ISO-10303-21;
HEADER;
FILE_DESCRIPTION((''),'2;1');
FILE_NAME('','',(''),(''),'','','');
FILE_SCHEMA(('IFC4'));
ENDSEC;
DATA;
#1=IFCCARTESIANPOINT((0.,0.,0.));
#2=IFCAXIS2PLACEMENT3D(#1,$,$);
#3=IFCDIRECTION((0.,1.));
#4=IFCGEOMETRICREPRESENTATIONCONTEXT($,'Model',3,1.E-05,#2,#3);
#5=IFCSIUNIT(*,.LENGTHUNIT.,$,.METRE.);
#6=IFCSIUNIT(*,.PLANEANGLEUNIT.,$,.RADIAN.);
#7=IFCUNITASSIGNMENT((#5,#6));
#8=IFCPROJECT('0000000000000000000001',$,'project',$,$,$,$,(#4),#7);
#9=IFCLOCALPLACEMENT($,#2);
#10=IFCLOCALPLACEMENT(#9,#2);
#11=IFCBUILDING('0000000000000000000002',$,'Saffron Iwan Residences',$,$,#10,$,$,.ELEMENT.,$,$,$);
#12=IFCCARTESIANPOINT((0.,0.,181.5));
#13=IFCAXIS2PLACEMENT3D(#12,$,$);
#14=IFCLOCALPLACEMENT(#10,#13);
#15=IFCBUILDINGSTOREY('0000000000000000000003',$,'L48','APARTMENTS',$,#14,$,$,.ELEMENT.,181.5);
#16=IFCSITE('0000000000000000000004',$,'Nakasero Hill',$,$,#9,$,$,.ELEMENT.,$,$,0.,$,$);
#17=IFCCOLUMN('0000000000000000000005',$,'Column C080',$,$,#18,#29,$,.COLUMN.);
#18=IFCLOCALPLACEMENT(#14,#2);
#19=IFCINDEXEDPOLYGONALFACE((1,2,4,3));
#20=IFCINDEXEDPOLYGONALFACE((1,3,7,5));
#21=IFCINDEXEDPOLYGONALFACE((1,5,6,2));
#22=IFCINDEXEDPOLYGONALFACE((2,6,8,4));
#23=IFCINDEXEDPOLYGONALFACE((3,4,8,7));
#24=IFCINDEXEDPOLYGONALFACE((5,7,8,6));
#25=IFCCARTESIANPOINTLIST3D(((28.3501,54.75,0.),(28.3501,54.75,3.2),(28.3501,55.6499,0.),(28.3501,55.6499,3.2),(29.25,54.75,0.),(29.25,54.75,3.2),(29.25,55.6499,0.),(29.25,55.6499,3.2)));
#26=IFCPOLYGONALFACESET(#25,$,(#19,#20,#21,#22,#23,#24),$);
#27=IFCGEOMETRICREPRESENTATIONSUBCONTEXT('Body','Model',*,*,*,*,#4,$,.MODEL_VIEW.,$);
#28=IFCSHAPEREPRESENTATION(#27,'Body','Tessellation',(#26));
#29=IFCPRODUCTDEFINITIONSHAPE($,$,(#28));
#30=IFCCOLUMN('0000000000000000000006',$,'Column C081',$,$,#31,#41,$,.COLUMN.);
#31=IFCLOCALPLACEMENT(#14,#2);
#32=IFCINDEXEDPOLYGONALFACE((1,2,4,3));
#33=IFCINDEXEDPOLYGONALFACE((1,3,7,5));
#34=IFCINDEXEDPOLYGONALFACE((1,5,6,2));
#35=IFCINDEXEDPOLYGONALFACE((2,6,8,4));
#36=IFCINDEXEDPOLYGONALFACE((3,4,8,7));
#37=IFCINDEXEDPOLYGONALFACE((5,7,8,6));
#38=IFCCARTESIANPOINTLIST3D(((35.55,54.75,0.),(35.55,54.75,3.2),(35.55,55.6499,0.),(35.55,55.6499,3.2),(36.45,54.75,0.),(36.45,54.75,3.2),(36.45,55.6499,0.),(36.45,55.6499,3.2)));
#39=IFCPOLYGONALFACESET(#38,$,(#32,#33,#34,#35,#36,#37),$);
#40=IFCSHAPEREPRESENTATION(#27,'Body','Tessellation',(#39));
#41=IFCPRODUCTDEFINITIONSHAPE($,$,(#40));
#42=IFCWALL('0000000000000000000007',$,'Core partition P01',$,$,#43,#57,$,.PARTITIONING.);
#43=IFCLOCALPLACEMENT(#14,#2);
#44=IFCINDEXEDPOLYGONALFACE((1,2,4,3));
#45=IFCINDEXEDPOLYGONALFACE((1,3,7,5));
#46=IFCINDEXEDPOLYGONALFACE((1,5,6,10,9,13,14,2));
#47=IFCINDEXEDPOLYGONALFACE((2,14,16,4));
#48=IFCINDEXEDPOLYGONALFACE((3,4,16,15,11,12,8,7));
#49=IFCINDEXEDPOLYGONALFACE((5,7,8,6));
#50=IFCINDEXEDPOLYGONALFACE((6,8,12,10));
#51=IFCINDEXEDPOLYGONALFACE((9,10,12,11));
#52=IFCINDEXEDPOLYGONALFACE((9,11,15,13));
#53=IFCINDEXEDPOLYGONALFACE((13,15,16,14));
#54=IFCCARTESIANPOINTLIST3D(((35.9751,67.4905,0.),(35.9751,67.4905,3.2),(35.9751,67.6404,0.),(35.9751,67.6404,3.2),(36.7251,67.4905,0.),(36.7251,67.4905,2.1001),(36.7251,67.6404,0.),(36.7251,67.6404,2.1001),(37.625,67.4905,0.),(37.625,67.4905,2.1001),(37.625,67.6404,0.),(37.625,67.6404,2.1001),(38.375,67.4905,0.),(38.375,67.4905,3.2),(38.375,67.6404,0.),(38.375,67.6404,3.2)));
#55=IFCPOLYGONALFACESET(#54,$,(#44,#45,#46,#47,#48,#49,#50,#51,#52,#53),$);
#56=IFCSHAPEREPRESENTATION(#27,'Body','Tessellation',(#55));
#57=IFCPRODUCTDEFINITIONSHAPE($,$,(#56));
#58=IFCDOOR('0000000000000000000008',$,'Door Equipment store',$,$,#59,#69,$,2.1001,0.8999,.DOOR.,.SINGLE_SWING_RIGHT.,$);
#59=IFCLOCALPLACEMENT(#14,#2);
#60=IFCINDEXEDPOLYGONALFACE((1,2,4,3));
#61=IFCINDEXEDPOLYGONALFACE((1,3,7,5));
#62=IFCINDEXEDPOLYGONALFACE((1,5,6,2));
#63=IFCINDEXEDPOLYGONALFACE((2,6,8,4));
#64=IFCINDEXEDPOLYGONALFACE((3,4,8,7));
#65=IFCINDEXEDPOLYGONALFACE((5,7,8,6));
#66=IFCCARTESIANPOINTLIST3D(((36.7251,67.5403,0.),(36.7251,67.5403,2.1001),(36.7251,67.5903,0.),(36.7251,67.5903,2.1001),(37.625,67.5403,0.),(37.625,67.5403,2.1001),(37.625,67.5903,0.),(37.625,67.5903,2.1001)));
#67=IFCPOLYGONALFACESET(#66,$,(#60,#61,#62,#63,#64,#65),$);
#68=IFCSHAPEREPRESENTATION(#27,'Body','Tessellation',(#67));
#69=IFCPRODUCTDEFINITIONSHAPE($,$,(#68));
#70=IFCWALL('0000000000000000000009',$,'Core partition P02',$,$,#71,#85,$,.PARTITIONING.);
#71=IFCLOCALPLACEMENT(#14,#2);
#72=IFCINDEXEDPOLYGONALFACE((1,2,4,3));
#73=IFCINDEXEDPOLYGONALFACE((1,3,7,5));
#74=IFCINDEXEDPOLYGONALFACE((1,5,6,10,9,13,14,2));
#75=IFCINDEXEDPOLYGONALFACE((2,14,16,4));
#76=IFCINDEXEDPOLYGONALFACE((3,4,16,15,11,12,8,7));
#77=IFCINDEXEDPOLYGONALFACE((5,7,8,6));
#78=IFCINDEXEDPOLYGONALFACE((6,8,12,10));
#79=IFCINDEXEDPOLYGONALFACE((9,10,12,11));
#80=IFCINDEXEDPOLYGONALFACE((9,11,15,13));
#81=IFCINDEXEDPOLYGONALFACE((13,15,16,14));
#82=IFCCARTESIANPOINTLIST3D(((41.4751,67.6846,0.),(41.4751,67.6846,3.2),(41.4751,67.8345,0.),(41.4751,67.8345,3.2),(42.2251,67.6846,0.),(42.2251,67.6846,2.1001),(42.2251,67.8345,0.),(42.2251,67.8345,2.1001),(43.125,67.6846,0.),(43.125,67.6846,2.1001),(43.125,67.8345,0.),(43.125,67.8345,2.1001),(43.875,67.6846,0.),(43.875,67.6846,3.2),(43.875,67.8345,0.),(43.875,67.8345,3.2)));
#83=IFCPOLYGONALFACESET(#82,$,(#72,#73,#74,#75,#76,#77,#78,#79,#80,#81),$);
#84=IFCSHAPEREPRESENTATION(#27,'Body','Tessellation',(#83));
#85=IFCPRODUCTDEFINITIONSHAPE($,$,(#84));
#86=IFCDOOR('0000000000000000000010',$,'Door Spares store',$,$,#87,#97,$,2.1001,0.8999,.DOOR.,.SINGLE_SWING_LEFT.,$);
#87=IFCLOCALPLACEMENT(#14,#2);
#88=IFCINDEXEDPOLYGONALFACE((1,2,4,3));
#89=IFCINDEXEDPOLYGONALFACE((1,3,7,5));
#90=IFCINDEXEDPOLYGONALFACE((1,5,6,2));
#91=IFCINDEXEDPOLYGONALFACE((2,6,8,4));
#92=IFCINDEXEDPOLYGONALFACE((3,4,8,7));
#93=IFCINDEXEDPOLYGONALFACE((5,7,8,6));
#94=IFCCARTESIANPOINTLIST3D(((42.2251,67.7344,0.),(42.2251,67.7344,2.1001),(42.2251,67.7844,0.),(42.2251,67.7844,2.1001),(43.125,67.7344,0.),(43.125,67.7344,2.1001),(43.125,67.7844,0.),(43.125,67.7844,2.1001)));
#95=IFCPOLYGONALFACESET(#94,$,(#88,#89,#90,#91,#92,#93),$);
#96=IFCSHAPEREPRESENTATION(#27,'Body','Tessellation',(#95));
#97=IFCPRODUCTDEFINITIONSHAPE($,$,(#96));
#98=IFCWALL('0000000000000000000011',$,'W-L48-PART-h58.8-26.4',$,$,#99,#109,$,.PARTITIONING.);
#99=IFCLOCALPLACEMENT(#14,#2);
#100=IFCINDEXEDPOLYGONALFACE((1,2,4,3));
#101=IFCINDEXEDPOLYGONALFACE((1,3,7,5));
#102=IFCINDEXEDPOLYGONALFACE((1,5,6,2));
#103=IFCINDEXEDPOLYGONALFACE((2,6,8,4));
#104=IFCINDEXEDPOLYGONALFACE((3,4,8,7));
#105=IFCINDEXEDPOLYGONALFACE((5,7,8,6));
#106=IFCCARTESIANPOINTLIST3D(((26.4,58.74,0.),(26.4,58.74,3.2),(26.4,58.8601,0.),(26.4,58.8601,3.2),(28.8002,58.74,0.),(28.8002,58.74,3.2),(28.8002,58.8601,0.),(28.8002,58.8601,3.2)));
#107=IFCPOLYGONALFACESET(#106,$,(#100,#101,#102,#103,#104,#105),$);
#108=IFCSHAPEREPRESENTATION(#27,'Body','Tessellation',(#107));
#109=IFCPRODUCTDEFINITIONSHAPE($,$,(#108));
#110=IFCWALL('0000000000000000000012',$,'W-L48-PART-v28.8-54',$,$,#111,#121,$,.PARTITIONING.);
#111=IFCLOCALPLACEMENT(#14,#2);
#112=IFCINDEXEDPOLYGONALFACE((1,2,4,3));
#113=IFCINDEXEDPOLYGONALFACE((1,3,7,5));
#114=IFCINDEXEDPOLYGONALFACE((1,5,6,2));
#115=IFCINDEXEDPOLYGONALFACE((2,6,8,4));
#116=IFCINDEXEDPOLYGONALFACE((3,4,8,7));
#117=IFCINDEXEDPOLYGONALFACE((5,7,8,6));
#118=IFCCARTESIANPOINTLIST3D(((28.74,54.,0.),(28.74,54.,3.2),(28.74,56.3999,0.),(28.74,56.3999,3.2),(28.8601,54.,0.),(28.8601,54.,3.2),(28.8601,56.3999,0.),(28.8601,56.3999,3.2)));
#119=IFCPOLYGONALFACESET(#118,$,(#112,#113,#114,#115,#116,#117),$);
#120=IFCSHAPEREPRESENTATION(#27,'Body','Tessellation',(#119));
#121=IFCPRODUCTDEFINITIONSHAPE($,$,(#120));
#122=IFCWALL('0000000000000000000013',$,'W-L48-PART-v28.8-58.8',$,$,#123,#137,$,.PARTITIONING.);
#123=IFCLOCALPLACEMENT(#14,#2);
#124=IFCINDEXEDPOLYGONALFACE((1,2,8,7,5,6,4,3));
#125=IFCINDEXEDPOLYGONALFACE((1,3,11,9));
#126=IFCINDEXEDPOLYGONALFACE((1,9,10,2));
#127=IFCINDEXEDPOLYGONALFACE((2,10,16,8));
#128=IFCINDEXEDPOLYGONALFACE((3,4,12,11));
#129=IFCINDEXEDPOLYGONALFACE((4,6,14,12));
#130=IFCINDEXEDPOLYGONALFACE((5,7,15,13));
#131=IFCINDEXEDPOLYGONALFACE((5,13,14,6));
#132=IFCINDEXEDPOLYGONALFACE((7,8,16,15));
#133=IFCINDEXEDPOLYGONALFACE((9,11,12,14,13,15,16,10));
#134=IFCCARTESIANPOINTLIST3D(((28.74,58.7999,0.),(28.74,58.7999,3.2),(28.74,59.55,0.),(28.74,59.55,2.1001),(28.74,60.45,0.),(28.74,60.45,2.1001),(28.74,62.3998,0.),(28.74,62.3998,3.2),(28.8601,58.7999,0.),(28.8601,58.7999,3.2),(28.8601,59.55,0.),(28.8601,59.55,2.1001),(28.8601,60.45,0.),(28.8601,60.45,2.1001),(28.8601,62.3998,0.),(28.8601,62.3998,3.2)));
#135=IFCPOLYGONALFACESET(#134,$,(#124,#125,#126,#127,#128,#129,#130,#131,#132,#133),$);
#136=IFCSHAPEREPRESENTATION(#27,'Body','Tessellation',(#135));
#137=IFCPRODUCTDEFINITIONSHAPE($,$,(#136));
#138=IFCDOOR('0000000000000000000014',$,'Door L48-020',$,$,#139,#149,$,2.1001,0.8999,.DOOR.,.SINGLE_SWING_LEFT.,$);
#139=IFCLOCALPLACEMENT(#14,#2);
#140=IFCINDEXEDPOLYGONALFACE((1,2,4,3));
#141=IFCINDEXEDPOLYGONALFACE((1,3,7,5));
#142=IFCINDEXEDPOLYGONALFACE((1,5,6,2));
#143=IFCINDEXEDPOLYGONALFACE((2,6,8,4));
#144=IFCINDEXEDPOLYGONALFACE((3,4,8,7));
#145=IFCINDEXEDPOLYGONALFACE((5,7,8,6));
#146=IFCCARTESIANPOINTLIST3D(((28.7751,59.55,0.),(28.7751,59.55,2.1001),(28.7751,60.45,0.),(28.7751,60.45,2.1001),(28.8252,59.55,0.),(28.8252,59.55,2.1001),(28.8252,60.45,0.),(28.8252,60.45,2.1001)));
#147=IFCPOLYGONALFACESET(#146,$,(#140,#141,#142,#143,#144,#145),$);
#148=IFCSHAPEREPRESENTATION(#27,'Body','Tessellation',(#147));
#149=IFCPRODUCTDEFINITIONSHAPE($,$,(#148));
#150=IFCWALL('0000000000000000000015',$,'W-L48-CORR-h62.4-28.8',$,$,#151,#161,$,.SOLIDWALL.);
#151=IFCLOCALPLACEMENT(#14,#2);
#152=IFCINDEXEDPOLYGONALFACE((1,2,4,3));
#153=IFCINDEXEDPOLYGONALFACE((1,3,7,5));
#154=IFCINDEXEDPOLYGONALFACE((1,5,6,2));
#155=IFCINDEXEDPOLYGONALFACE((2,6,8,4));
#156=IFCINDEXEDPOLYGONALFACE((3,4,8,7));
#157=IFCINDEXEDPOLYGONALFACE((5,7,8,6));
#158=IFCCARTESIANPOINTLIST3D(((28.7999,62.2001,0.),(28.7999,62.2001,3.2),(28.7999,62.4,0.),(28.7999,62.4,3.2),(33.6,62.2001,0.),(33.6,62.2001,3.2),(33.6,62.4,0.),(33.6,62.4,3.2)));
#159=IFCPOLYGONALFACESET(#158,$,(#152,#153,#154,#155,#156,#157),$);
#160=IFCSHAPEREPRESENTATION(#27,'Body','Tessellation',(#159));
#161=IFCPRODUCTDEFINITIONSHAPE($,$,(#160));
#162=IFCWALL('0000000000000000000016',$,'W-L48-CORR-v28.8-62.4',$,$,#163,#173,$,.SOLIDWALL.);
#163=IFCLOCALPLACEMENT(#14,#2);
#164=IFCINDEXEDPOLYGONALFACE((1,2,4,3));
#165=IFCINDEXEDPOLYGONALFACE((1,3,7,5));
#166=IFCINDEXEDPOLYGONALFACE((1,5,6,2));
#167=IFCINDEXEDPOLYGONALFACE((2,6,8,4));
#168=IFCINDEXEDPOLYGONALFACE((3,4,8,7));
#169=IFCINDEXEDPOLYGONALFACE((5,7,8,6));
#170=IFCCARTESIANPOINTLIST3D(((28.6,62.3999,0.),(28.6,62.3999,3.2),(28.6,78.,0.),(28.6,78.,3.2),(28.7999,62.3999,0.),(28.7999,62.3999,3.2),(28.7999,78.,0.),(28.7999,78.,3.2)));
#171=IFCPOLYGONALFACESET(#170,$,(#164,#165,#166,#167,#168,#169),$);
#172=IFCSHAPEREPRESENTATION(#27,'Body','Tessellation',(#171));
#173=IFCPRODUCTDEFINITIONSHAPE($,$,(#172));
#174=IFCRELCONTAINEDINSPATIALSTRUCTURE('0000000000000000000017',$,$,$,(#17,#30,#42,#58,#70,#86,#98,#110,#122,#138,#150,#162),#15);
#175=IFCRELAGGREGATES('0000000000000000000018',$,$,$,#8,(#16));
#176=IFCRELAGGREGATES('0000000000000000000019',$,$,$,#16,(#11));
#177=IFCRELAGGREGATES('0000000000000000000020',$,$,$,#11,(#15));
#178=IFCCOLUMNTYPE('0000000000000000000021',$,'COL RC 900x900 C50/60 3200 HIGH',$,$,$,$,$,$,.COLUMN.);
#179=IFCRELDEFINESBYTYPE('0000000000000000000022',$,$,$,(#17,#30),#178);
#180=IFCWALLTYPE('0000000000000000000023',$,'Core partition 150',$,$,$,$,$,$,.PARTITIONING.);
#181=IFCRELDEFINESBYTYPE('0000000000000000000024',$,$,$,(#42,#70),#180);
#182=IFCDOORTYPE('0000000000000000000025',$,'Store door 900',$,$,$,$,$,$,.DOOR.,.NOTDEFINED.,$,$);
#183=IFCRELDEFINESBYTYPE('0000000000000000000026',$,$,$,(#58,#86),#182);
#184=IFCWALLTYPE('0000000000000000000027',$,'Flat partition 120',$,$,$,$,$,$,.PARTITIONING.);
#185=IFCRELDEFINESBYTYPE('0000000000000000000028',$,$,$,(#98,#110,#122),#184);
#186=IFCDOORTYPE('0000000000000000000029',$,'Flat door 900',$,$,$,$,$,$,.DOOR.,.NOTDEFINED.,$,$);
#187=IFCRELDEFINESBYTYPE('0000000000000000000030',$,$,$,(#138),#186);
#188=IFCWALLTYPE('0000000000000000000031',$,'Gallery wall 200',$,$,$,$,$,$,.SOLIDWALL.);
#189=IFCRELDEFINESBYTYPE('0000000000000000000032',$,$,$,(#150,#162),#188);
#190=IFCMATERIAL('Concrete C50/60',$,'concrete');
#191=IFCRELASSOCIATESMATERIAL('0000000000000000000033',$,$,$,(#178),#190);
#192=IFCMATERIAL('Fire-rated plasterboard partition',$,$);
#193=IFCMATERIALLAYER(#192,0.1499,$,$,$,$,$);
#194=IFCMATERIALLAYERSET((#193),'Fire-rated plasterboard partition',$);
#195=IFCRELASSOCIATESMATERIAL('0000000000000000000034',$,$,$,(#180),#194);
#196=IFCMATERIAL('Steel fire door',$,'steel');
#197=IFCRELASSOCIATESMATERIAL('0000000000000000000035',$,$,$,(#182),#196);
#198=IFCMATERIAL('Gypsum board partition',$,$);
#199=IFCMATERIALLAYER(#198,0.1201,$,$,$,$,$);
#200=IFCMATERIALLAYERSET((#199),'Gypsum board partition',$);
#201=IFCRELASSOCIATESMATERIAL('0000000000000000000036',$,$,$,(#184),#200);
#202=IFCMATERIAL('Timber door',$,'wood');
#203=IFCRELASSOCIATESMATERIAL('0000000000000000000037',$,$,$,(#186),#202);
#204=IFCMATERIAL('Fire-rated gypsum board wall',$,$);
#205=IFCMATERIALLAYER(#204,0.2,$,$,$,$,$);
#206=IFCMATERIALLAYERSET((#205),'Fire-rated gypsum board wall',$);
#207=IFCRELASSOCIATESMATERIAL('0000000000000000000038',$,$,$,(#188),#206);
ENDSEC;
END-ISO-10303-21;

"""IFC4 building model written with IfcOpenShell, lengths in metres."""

from ifc_helpers import new_model, si_unit, direction, frame, frame_2d, origin, origin_2d, place, context, subcontext, project, spatial, rectangle, extrude, source, transform, mapped, material, layer, layer_set, material_profile, profile_set, type_object, element, fill, save


model = new_model("IFC4")

# Units and contexts
model_context = context("Model", 3, precision=1e-05, world=origin(), true_north=direction((0.0, 1.0)))
body_context = subcontext(model_context, "Body", "Model", "MODEL_VIEW")
ifc_project = project(units=[si_unit("LENGTHUNIT", "METRE"), si_unit("PLANEANGLEUNIT", "RADIAN")], contexts=[model_context])

# Site, building, storey
site_placement = place(None, origin())
site = spatial("IfcSite", under=ifc_project, at=site_placement, Name="Nakasero Hill", CompositionType="ELEMENT", RefElevation=0.0)
building_placement = place(site_placement, origin())
building = spatial("IfcBuilding", under=site, at=building_placement, Name="Saffron Iwan Residences", CompositionType="ELEMENT")
storey_placement = place(building_placement, frame((0.0, 0.0, 181.5)))
storey = spatial("IfcBuildingStorey", under=building, at=storey_placement, Name="L48", Description="APARTMENTS", CompositionType="ELEMENT", Elevation=181.5)

# Columns
ifc_material_1 = material(Name="Concrete C50/60", Category="concrete")
ifc_material_profile = material_profile(ifc_material_1, rectangle(XDim=0.8999, YDim=0.8999, at=origin_2d()), Name="RC 900x900")
ifc_profile_set = profile_set([ifc_material_profile], Name="Concrete C50/60")
column_type = type_object("IfcColumnType", Name="COL RC 900x900 C50/60 3200 HIGH", PredefinedType="COLUMN", material=ifc_profile_set)
shared_shape = source(origin(), body_context, "Body", "SweptSolid", [
    extrude(rectangle(XDim=0.8999, YDim=0.8999, at=origin_2d()), origin(), (0.0, 0.0, 1.0), 3.2),
])
for number, where, z_axis, x_axis, name in (
    (1, (28.8, 55.2, 0.0), (0.0, 0.0, 1.0), (1.0, 0.0, 0.0), "Column C080"),
    (2, (36.0, 55.2, 0.0), (0.0, 0.0, 1.0), (1.0, 0.0, 0.0), "Column C081"),
):
    element("IfcColumn", number, at=place(storey_placement, frame(where, z_axis=z_axis, x_axis=x_axis)), inside=storey, type_object=column_type, Name=name, PredefinedType="COLUMN", context=body_context, shape_type="MappedRepresentation", body=[
        mapped(shared_shape, transform((0.0, 0.0, 0.0))),
    ])

# Walls, openings, doors
ifc_material_2 = material(Name="Fire-rated plasterboard partition")
ifc_layer_1 = layer(ifc_material_2, 0.1499)
ifc_layer_set_1 = layer_set([ifc_layer_1], Name="Fire-rated plasterboard partition")
wall_type_1 = type_object("IfcWallType", Name="Core partition 150", PredefinedType="PARTITIONING", material=ifc_layer_set_1)
wall_1_placement = place(storey_placement, frame((35.9751, 67.5654, 0.0), z_axis=(0.0, 0.0, 1.0), x_axis=(1.0, 0.0, 0.0)))
wall_1 = element("IfcWall", 3, at=wall_1_placement, inside=storey, type_object=wall_type_1, Name="Core partition P01", PredefinedType="PARTITIONING", context=body_context, shape_type="SweptSolid", body=[
    extrude(rectangle(XDim=2.3999, YDim=0.1499, at=frame_2d((1.2, 0.0))), origin(), (0.0, 0.0, 1.0), 3.2),
])
opening_1_placement = place(wall_1_placement, frame((0.75, 0.0, 0.0)))
opening_1 = element("IfcOpeningElement", 4, at=opening_1_placement, cuts=wall_1, PredefinedType="OPENING", context=body_context, shape_type="SweptSolid", body=[
    extrude(rectangle(XDim=0.8999, YDim=2.1001, at=frame_2d((0.45, 1.05))), frame((0.0, 0.085, 0.0), z_axis=(0.0, -1.0, 0.0), x_axis=(1.0, 0.0, 0.0)), (0.0, 0.0, 1.0), 0.1699),
])
ifc_material_3 = material(Name="Steel fire door", Category="steel")
door_type_1 = type_object("IfcDoorType", Name="Store door 900", OperationType="NOTDEFINED", PredefinedType="DOOR", material=ifc_material_3)
door_1_placement = place(opening_1_placement, origin())
door_1 = element("IfcDoor", 5, at=door_1_placement, inside=storey, type_object=door_type_1, Name="Door Equipment store", OperationType="SINGLE_SWING_RIGHT", OverallHeight=2.1001, OverallWidth=0.8999, PredefinedType="DOOR", context=body_context, shape_type="SweptSolid", body=[
    extrude(rectangle(XDim=0.8999, YDim=2.1001, at=frame_2d((0.45, 1.05))), frame((0.0, 0.0249, 0.0), z_axis=(0.0, -1.0, 0.0), x_axis=(1.0, 0.0, 0.0)), (0.0, 0.0, 1.0), 0.05),
])
fill(opening_1, door_1)
wall_2_placement = place(storey_placement, frame((41.4751, 67.7595, 0.0), z_axis=(0.0, 0.0, 1.0), x_axis=(1.0, 0.0, 0.0)))
wall_2 = element("IfcWall", 6, at=wall_2_placement, inside=storey, type_object=wall_type_1, Name="Core partition P02", PredefinedType="PARTITIONING", context=body_context, shape_type="SweptSolid", body=[
    extrude(rectangle(XDim=2.3999, YDim=0.1499, at=frame_2d((1.2, 0.0))), origin(), (0.0, 0.0, 1.0), 3.2),
])
opening_2_placement = place(wall_2_placement, frame((0.75, 0.0, 0.0)))
opening_2 = element("IfcOpeningElement", 7, at=opening_2_placement, cuts=wall_2, PredefinedType="OPENING", context=body_context, shape_type="SweptSolid", body=[
    extrude(rectangle(XDim=0.8999, YDim=2.1001, at=frame_2d((0.45, 1.05))), frame((0.0, 0.085, 0.0), z_axis=(0.0, -1.0, 0.0), x_axis=(1.0, 0.0, 0.0)), (0.0, 0.0, 1.0), 0.1699),
])
door_2_placement = place(opening_2_placement, origin())
door_2 = element("IfcDoor", 8, at=door_2_placement, inside=storey, type_object=door_type_1, Name="Door Spares store", OperationType="SINGLE_SWING_LEFT", OverallHeight=2.1001, OverallWidth=0.8999, PredefinedType="DOOR", context=body_context, shape_type="SweptSolid", body=[
    extrude(rectangle(XDim=0.8999, YDim=2.1001, at=frame_2d((0.45, 1.05))), frame((0.0, 0.0249, 0.0), z_axis=(0.0, -1.0, 0.0), x_axis=(1.0, 0.0, 0.0)), (0.0, 0.0, 1.0), 0.05),
])
fill(opening_2, door_2)

# Walls
ifc_material_4 = material(Name="Gypsum board partition")
ifc_layer_2 = layer(ifc_material_4, 0.1201)
ifc_layer_set_2 = layer_set([ifc_layer_2], Name="Gypsum board partition")
wall_type_2 = type_object("IfcWallType", Name="Flat partition 120", PredefinedType="PARTITIONING", material=ifc_layer_set_2)
wall_3_placement = place(storey_placement, frame((26.3999, 58.8, 0.0), z_axis=(0.0, 0.0, 1.0), x_axis=(1.0, 0.0, 0.0)))
element("IfcWall", 9, at=wall_3_placement, inside=storey, type_object=wall_type_2, Name="W-L48-PART-h58.8-26.4", PredefinedType="PARTITIONING", context=body_context, shape_type="SweptSolid", body=[
    extrude(rectangle(XDim=2.4001, YDim=0.1201, at=frame_2d((1.2002, 0.0))), origin(), (0.0, 0.0, 1.0), 3.2),
])
wall_4_placement = place(storey_placement, frame((28.8, 54.0, 0.0), z_axis=(0.0, 0.0, 1.0), x_axis=(0.0, 1.0, 0.0)))
element("IfcWall", 10, at=wall_4_placement, inside=storey, type_object=wall_type_2, Name="W-L48-PART-v28.8-54", PredefinedType="PARTITIONING", context=body_context, shape_type="SweptSolid", body=[
    extrude(rectangle(XDim=2.3999, YDim=0.1201, at=frame_2d((1.2, 0.0))), origin(), (0.0, 0.0, 1.0), 3.2),
])

# Wall, opening, door
wall_5_placement = place(storey_placement, frame((28.8, 58.8, 0.0), z_axis=(0.0, 0.0, 1.0), x_axis=(0.0, 1.0, 0.0)))
wall_5 = element("IfcWall", 11, at=wall_5_placement, inside=storey, type_object=wall_type_2, Name="W-L48-PART-v28.8-58.8", PredefinedType="PARTITIONING", context=body_context, shape_type="SweptSolid", body=[
    extrude(rectangle(XDim=3.5999, YDim=0.1201, at=frame_2d((1.7998, 0.0))), origin(), (0.0, 0.0, 1.0), 3.2),
])
opening_3_placement = place(wall_5_placement, frame((0.75, 0.0, 0.0)))
opening_3 = element("IfcOpeningElement", 12, at=opening_3_placement, cuts=wall_5, PredefinedType="OPENING", context=body_context, shape_type="SweptSolid", body=[
    extrude(rectangle(XDim=0.8999, YDim=2.1001, at=frame_2d((0.45, 1.05))), frame((0.0, 0.0701, 0.0), z_axis=(0.0, -1.0, 0.0), x_axis=(1.0, 0.0, 0.0)), (0.0, 0.0, 1.0), 0.1401),
])
ifc_material_5 = material(Name="Timber door", Category="wood")
door_type_2 = type_object("IfcDoorType", Name="Flat door 900", OperationType="NOTDEFINED", PredefinedType="DOOR", material=ifc_material_5)
door_3_placement = place(opening_3_placement, origin())
door_3 = element("IfcDoor", 13, at=door_3_placement, inside=storey, type_object=door_type_2, Name="Door L48-020", OperationType="SINGLE_SWING_LEFT", OverallHeight=2.1001, OverallWidth=0.8999, PredefinedType="DOOR", context=body_context, shape_type="SweptSolid", body=[
    extrude(rectangle(XDim=0.8999, YDim=2.1001, at=frame_2d((0.45, 1.05))), frame((0.0, 0.0249, 0.0), z_axis=(0.0, -1.0, 0.0), x_axis=(1.0, 0.0, 0.0)), (0.0, 0.0, 1.0), 0.05),
])
fill(opening_3, door_3)

# Walls
ifc_material_6 = material(Name="Fire-rated gypsum board wall")
ifc_layer_3 = layer(ifc_material_6, 0.2)
ifc_layer_set_3 = layer_set([ifc_layer_3], Name="Fire-rated gypsum board wall")
wall_type_3 = type_object("IfcWallType", Name="Gallery wall 200", PredefinedType="SOLIDWALL", material=ifc_layer_set_3)
wall_6_placement = place(storey_placement, frame((28.8, 62.3, 0.0), z_axis=(0.0, 0.0, 1.0), x_axis=(1.0, 0.0, 0.0)))
element("IfcWall", 14, at=wall_6_placement, inside=storey, type_object=wall_type_3, Name="W-L48-CORR-h62.4-28.8", PredefinedType="SOLIDWALL", context=body_context, shape_type="SweptSolid", body=[
    extrude(rectangle(XDim=4.8, YDim=0.2, at=frame_2d((2.3999, 0.0))), origin(), (0.0, 0.0, 1.0), 3.2),
])
wall_7_placement = place(storey_placement, frame((28.7, 62.3999, 0.0), z_axis=(0.0, 0.0, 1.0), x_axis=(0.0, 1.0, 0.0)))
element("IfcWall", 15, at=wall_7_placement, inside=storey, type_object=wall_type_3, Name="W-L48-CORR-v28.8-62.4", PredefinedType="SOLIDWALL", context=body_context, shape_type="SweptSolid", body=[
    extrude(rectangle(XDim=15.6001, YDim=0.2, at=frame_2d((7.8, 0.0))), origin(), (0.0, 0.0, 1.0), 3.2),
])

save(model, "model.ifc")
